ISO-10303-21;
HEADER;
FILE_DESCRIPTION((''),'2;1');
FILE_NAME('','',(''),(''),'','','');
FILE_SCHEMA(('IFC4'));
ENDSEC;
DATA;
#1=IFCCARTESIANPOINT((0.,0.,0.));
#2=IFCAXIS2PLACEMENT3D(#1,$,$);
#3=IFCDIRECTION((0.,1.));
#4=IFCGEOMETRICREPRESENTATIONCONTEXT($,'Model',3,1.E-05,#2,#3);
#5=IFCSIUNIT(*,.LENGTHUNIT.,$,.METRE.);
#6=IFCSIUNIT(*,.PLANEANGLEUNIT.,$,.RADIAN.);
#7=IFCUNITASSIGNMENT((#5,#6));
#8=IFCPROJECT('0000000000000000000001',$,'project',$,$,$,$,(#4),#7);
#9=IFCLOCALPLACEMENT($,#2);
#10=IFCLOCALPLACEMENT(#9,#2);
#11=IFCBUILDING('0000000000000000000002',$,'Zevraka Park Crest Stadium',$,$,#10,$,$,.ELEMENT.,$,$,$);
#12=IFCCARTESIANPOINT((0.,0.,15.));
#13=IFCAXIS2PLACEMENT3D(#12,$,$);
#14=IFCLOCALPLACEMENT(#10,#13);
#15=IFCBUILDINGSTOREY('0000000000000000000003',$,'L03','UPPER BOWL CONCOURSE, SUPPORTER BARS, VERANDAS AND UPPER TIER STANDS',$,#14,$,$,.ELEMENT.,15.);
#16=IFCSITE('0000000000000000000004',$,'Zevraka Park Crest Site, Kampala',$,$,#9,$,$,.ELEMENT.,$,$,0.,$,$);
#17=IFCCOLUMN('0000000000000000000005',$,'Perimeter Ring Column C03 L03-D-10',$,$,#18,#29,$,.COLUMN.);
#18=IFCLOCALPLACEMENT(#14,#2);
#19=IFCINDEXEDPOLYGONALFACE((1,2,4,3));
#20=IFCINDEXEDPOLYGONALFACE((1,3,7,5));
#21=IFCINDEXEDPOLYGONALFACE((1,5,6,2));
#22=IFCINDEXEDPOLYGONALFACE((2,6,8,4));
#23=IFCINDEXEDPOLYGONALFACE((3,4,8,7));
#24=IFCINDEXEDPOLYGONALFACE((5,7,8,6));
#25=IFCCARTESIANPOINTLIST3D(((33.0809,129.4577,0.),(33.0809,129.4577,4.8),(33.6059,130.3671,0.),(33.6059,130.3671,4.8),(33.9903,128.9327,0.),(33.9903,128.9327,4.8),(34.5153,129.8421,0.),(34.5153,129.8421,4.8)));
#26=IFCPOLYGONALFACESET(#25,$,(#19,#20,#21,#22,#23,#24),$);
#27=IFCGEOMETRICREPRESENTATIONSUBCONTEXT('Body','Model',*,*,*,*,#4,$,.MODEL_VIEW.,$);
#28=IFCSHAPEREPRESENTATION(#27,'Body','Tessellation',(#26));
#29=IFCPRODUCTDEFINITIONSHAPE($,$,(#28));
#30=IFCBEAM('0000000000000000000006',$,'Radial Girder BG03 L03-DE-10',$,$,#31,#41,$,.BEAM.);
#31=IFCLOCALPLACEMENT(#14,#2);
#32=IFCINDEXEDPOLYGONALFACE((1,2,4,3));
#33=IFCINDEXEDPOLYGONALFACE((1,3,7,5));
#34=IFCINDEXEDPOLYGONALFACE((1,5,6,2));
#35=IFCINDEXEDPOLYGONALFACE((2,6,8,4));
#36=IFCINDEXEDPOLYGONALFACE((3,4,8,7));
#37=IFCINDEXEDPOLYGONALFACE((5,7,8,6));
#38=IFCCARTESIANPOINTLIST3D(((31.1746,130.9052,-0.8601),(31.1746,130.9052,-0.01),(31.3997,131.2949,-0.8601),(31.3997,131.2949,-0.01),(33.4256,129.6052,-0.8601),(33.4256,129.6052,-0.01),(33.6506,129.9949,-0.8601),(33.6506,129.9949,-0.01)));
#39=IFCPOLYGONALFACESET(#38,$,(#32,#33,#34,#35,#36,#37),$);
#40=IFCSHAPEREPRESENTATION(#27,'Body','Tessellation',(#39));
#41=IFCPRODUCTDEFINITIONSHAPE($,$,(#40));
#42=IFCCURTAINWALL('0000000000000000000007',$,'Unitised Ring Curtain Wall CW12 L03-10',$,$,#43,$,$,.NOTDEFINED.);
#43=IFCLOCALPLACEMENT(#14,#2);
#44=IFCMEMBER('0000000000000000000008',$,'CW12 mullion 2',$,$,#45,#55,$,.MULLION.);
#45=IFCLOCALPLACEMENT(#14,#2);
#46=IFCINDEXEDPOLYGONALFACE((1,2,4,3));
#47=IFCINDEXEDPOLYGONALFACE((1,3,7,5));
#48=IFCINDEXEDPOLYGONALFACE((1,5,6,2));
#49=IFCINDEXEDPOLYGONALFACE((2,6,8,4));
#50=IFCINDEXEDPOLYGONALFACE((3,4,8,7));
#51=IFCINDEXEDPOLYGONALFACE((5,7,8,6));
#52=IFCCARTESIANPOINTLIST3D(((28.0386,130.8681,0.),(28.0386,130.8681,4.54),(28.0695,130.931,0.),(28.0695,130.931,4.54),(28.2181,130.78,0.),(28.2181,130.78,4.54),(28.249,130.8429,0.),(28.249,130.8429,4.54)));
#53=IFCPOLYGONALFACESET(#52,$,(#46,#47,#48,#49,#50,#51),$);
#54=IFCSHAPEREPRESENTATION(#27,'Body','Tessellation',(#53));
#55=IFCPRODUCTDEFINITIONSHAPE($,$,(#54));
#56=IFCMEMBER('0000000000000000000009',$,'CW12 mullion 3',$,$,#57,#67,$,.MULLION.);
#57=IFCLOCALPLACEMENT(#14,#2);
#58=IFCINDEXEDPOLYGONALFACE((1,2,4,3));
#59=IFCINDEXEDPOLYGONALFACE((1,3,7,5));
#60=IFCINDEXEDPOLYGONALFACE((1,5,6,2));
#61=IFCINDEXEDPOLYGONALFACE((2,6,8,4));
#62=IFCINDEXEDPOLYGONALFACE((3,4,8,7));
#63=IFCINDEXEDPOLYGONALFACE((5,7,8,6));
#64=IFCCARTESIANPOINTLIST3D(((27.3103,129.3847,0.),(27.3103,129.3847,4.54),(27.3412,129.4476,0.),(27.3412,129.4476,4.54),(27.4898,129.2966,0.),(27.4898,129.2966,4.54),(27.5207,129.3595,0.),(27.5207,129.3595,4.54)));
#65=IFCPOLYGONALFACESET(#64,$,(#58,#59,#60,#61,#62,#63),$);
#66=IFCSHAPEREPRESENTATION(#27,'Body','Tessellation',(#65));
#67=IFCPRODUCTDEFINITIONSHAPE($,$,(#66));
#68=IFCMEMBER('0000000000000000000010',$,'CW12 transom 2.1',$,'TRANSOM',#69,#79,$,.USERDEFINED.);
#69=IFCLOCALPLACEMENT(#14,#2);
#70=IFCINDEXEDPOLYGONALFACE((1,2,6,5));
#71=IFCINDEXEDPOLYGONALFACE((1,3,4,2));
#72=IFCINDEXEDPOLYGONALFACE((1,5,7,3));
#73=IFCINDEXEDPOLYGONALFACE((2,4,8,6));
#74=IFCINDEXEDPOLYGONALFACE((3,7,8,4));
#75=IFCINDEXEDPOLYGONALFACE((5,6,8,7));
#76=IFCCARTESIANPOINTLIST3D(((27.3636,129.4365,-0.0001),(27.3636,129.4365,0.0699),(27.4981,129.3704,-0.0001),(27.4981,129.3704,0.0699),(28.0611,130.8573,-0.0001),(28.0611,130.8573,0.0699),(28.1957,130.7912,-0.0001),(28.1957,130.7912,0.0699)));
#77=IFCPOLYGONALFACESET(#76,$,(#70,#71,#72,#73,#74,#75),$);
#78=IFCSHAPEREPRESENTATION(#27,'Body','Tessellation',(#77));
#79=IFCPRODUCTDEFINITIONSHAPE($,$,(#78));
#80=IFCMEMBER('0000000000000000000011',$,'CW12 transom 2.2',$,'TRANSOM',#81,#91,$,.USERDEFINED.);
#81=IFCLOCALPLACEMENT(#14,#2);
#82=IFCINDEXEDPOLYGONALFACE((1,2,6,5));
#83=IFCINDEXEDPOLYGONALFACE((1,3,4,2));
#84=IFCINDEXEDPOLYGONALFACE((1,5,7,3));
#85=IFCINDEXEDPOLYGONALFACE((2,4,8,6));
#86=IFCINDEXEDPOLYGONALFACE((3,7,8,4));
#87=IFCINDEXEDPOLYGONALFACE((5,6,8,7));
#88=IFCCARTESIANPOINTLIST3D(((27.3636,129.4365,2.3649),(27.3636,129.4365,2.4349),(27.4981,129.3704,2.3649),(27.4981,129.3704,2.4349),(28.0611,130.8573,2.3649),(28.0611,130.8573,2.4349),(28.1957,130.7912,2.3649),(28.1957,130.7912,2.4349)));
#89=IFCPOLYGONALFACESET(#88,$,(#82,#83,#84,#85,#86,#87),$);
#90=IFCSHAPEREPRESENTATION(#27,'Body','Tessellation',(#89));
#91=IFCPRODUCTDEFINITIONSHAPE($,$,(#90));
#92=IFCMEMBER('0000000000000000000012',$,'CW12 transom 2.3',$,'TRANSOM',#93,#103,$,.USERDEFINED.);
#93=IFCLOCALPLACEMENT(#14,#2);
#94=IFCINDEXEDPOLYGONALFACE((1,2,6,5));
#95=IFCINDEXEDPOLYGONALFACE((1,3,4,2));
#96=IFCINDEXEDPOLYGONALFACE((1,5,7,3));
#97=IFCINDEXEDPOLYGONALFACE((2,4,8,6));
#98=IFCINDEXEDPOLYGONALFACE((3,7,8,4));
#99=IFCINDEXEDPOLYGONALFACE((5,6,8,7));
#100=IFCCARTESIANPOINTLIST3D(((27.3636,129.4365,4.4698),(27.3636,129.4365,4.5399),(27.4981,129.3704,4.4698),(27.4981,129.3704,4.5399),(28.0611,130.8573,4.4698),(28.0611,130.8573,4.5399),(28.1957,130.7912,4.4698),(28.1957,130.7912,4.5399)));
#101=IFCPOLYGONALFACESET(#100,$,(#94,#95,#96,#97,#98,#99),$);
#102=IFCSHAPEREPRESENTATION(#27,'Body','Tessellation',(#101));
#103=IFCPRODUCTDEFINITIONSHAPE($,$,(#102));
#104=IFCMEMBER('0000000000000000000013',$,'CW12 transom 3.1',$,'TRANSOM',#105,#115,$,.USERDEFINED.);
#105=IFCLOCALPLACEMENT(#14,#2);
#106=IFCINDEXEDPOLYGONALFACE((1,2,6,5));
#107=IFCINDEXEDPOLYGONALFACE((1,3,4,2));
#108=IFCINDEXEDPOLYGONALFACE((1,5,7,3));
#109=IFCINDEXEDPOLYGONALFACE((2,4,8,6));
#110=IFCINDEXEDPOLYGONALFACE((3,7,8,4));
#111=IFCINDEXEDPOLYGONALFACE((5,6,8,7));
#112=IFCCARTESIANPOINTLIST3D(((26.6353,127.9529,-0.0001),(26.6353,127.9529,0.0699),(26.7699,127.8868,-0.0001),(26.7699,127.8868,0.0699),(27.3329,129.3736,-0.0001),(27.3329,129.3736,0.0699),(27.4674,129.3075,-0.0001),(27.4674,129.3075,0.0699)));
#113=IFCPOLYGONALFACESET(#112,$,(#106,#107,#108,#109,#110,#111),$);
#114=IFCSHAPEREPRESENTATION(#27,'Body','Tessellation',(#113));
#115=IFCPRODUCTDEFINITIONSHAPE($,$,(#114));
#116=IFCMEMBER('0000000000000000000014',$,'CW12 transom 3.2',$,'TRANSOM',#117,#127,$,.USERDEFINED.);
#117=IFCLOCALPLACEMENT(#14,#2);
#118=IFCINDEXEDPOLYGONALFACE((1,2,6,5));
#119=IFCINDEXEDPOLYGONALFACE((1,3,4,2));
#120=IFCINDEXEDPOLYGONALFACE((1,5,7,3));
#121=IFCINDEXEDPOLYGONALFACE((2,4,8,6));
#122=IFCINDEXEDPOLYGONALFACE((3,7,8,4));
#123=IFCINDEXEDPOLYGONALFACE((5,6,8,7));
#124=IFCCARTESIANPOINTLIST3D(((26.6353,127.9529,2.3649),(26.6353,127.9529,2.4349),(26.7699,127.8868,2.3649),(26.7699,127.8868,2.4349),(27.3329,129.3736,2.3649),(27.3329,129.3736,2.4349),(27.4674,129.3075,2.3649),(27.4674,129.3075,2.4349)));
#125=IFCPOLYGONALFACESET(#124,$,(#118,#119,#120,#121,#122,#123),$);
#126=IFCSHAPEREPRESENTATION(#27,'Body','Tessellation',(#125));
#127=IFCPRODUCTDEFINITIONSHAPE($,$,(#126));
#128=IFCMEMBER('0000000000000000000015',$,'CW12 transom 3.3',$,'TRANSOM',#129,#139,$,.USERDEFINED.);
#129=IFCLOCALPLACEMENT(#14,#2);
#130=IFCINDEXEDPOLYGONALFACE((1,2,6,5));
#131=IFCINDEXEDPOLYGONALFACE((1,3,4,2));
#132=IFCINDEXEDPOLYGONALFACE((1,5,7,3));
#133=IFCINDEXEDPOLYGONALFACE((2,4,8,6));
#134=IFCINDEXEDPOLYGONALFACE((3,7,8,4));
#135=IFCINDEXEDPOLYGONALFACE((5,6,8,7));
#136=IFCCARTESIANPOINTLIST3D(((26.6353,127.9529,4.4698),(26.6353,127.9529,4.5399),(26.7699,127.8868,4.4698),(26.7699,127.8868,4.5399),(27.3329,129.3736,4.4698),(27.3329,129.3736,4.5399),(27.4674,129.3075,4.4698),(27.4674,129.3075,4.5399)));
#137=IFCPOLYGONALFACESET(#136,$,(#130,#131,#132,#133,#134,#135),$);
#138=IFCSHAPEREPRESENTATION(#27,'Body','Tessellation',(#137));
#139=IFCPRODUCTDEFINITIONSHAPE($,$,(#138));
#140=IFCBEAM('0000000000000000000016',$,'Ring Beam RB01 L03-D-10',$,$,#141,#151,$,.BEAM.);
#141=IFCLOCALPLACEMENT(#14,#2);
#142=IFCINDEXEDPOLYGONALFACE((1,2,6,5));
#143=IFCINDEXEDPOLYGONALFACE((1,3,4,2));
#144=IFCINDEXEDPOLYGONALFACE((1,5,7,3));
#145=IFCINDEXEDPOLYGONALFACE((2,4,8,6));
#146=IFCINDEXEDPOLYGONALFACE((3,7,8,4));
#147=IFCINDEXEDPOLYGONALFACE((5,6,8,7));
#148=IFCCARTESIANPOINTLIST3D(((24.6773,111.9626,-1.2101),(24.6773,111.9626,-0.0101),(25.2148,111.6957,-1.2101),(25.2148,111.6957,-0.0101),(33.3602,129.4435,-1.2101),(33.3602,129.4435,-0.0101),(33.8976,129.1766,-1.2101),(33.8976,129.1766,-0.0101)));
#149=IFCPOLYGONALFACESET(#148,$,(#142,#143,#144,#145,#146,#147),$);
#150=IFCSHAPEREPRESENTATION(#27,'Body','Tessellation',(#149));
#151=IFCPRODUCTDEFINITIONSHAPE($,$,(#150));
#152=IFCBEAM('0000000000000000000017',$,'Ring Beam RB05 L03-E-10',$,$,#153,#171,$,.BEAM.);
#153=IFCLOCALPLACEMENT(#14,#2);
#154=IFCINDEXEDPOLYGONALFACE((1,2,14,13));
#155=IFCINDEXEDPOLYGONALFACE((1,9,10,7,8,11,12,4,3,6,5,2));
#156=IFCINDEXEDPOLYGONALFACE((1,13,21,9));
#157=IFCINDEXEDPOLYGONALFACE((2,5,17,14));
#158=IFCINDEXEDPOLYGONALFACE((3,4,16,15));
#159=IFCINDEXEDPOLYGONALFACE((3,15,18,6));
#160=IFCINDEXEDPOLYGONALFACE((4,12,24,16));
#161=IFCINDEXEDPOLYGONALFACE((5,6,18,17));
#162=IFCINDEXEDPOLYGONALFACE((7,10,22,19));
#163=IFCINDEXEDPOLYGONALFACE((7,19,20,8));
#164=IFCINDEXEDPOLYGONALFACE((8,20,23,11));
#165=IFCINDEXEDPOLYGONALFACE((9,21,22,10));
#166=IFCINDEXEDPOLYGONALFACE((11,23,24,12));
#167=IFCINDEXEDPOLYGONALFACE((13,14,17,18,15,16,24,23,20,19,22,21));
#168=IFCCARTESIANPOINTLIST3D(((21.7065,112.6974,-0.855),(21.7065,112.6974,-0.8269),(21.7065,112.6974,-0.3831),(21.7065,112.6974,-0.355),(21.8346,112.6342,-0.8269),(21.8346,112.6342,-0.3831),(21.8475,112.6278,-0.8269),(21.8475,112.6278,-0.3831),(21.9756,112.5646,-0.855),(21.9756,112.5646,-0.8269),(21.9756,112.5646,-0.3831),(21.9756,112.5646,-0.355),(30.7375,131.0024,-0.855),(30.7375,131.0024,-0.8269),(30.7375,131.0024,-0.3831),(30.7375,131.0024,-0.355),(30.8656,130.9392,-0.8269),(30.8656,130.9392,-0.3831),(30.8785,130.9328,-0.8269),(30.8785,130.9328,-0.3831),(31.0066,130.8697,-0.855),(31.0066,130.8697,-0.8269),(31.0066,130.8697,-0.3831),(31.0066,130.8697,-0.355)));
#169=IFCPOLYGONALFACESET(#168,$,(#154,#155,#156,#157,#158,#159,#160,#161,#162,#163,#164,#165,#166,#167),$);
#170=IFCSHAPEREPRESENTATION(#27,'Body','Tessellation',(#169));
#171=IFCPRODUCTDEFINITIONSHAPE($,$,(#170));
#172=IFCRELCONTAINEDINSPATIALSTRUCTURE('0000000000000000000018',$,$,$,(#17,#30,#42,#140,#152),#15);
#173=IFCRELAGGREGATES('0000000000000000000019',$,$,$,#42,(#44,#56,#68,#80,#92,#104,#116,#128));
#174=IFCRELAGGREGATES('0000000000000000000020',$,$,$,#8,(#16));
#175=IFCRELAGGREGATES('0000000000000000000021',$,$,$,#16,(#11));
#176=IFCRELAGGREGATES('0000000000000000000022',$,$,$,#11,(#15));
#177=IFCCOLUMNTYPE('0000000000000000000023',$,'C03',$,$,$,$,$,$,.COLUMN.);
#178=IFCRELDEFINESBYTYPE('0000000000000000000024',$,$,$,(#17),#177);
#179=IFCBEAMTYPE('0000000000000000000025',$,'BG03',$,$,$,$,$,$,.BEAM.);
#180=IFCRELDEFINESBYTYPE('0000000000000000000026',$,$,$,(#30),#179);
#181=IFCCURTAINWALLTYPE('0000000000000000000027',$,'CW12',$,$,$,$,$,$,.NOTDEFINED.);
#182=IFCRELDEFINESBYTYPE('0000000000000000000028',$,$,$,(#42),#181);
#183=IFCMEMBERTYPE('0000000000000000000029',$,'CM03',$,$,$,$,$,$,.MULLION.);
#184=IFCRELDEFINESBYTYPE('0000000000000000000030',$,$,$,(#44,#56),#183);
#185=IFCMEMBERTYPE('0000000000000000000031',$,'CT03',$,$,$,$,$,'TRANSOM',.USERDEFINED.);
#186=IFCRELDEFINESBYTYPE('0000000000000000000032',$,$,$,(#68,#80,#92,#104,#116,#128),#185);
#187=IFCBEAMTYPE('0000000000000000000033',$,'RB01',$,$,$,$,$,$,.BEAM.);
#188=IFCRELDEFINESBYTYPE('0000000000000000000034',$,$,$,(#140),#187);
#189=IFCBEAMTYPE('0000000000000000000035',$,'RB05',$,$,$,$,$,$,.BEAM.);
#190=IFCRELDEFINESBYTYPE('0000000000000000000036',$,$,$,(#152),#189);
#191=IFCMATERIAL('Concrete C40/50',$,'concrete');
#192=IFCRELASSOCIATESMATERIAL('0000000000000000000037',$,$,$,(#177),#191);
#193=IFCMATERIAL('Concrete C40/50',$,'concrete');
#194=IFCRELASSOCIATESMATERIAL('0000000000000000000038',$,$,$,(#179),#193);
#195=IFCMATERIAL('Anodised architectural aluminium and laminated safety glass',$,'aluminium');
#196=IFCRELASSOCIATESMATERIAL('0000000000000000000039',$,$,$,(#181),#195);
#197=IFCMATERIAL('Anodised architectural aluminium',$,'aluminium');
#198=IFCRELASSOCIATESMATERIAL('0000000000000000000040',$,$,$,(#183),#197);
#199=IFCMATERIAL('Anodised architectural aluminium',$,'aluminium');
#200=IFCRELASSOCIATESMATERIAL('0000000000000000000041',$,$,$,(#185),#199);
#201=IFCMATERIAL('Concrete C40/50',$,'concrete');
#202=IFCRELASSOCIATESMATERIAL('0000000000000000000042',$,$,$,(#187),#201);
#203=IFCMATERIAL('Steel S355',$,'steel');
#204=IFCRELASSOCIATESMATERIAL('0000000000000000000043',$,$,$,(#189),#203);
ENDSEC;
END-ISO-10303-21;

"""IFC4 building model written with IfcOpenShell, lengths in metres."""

from ifc_helpers import new_model, si_unit, direction, frame, origin, origin_2d, place, context, subcontext, project, spatial, rectangle, i_section, extrude, material, material_profile, profile_set, type_object, element, aggregate, save


model = new_model("IFC4")

# Units and contexts
model_context = context("Model", 3, precision=1e-05, world=origin(), true_north=direction((0.0, 1.0)))
body_context = subcontext(model_context, "Body", "Model", "MODEL_VIEW")
ifc_project = project(units=[si_unit("LENGTHUNIT", "METRE"), si_unit("PLANEANGLEUNIT", "RADIAN")], contexts=[model_context])

# Site, building, storey
site_placement = place(None, origin())
site = spatial("IfcSite", under=ifc_project, at=site_placement, Name="Zevraka Park Crest Site, Kampala", CompositionType="ELEMENT", RefElevation=0.0)
building_placement = place(site_placement, origin())
building = spatial("IfcBuilding", under=site, at=building_placement, Name="Zevraka Park Crest Stadium", CompositionType="ELEMENT")
storey_placement = place(building_placement, frame((0.0, 0.0, 15.0)))
storey = spatial("IfcBuildingStorey", under=building, at=storey_placement, Name="L03", Description="UPPER BOWL CONCOURSE, SUPPORTER BARS, VERANDAS AND UPPER TIER STANDS", CompositionType="ELEMENT", Elevation=15.0)

# Column
ifc_material_1 = material(Name="Concrete C40/50", Category="concrete")
ifc_material_profile_1 = material_profile(ifc_material_1, rectangle(XDim=1.05, YDim=1.05, at=origin_2d()), Name="RC 1050x1050")
ifc_profile_set_1 = profile_set([ifc_material_profile_1], Name="Concrete C40/50")
column_type = type_object("IfcColumnType", Name="C03", PredefinedType="COLUMN", material=ifc_profile_set_1)
column_placement = place(storey_placement, frame((33.7981, 129.6499, 0.0), z_axis=(0.0, 0.0, 1.0), x_axis=(-0.866025, 0.5, 0.0)))
element("IfcColumn", 1, at=column_placement, inside=storey, type_object=column_type, Name="Perimeter Ring Column C03 L03-D-10", PredefinedType="COLUMN", context=body_context, shape_type="SweptSolid", body=[
    extrude(rectangle(XDim=1.05, YDim=1.05, at=origin_2d()), origin(), (0.0, 0.0, 1.0), 4.8),
])

# Beam
ifc_material_2 = material(Name="Concrete C40/50", Category="concrete")
ifc_material_profile_2 = material_profile(ifc_material_2, rectangle(XDim=0.45, YDim=0.8501, at=origin_2d()), Name="RC 850x450")
ifc_profile_set_2 = profile_set([ifc_material_profile_2], Name="Concrete C40/50")
beam_type_1 = type_object("IfcBeamType", Name="BG03", PredefinedType="BEAM", material=ifc_profile_set_2)
beam_1_placement = place(storey_placement, frame((33.5381, 129.8, -0.4351), z_axis=(-0.865951, 0.500129, 0.0), x_axis=(-0.500129, -0.865951, 0.0)))
element("IfcBeam", 2, at=beam_1_placement, inside=storey, type_object=beam_type_1, Name="Radial Girder BG03 L03-DE-10", PredefinedType="BEAM", context=body_context, shape_type="SweptSolid", body=[
    extrude(rectangle(XDim=0.45, YDim=0.8501, at=origin_2d()), origin(), (0.0, 0.0, 1.0), 2.5994),
])

# Curtain wall, members
ifc_material_3 = material(Name="Anodised architectural aluminium and laminated safety glass", Category="aluminium")
curtain_wall_type = type_object("IfcCurtainWallType", Name="CW12", PredefinedType="NOTDEFINED", material=ifc_material_3)
curtain_wall_placement = place(storey_placement, origin())
curtain_wall = element("IfcCurtainWall", 3, at=curtain_wall_placement, inside=storey, type_object=curtain_wall_type, Name="Unitised Ring Curtain Wall CW12 L03-10", PredefinedType="NOTDEFINED")
ifc_material_4 = material(Name="Anodised architectural aluminium", Category="aluminium")
ifc_material_profile_3 = material_profile(ifc_material_4, rectangle(XDim=0.2, YDim=0.0701, at=origin_2d()), Name="ALU MULLION 200x70")
ifc_profile_set_3 = profile_set([ifc_material_profile_3], Name="Anodised architectural aluminium")
member_type_1 = type_object("IfcMemberType", Name="CM03", PredefinedType="MULLION", material=ifc_profile_set_3)
member_1_placement = place(storey_placement, frame((28.1438, 130.8555, 0.0), z_axis=(0.0, 0.0, 1.0), x_axis=(0.897671, -0.440666, 0.0)))
member_1 = element("IfcMember", 4, at=member_1_placement, type_object=member_type_1, Name="CW12 mullion 2", PredefinedType="MULLION", context=body_context, shape_type="SweptSolid", body=[
    extrude(rectangle(XDim=0.2, YDim=0.0701, at=origin_2d()), origin(), (0.0, 0.0, 1.0), 4.54),
])
member_2_placement = place(storey_placement, frame((27.4155, 129.3721, 0.0), z_axis=(0.0, 0.0, 1.0), x_axis=(0.897671, -0.440666, 0.0)))
member_2 = element("IfcMember", 5, at=member_2_placement, type_object=member_type_1, Name="CW12 mullion 3", PredefinedType="MULLION", context=body_context, shape_type="SweptSolid", body=[
    extrude(rectangle(XDim=0.2, YDim=0.0701, at=origin_2d()), origin(), (0.0, 0.0, 1.0), 4.54),
])
ifc_material_5 = material(Name="Anodised architectural aluminium", Category="aluminium")
ifc_material_profile_4 = material_profile(ifc_material_5, rectangle(XDim=0.1499, YDim=0.0701, at=origin_2d()), Name="ALU TRANSOM 150x70")
ifc_profile_set_4 = profile_set([ifc_material_profile_4], Name="Anodised architectural aluminium")
member_type_2 = type_object("IfcMemberType", Name="CT03", ElementType="TRANSOM", PredefinedType="USERDEFINED", material=ifc_profile_set_4)
member_3_placement = place(storey_placement, frame((28.1284, 130.8242, 0.0349), z_axis=(-0.440723, -0.897643, 0.0), x_axis=(0.897643, -0.440723, 0.0)))
member_3 = element("IfcMember", 6, at=member_3_placement, type_object=member_type_2, Name="CW12 transom 2.1", ObjectType="TRANSOM", PredefinedType="USERDEFINED", context=body_context, shape_type="SweptSolid", body=[
    extrude(rectangle(XDim=0.1499, YDim=0.0701, at=origin_2d()), origin(), (0.0, 0.0, 1.0), 1.5828),
])
member_4_placement = place(storey_placement, frame((28.1284, 130.8242, 2.3999), z_axis=(-0.440723, -0.897643, 0.0), x_axis=(0.897643, -0.440723, 0.0)))
member_4 = element("IfcMember", 7, at=member_4_placement, type_object=member_type_2, Name="CW12 transom 2.2", ObjectType="TRANSOM", PredefinedType="USERDEFINED", context=body_context, shape_type="SweptSolid", body=[
    extrude(rectangle(XDim=0.1499, YDim=0.0701, at=origin_2d()), origin(), (0.0, 0.0, 1.0), 1.5828),
])
member_5_placement = place(storey_placement, frame((28.1284, 130.8242, 4.5049), z_axis=(-0.440723, -0.897643, 0.0), x_axis=(0.897643, -0.440723, 0.0)))
member_5 = element("IfcMember", 8, at=member_5_placement, type_object=member_type_2, Name="CW12 transom 2.3", ObjectType="TRANSOM", PredefinedType="USERDEFINED", context=body_context, shape_type="SweptSolid", body=[
    extrude(rectangle(XDim=0.1499, YDim=0.0701, at=origin_2d()), origin(), (0.0, 0.0, 1.0), 1.5828),
])
member_6_placement = place(storey_placement, frame((27.4001, 129.3406, 0.0349), z_axis=(-0.440723, -0.897643, 0.0), x_axis=(0.897643, -0.440723, 0.0)))
member_6 = element("IfcMember", 9, at=member_6_placement, type_object=member_type_2, Name="CW12 transom 3.1", ObjectType="TRANSOM", PredefinedType="USERDEFINED", context=body_context, shape_type="SweptSolid", body=[
    extrude(rectangle(XDim=0.1499, YDim=0.0701, at=origin_2d()), origin(), (0.0, 0.0, 1.0), 1.5828),
])
member_7_placement = place(storey_placement, frame((27.4001, 129.3406, 2.3999), z_axis=(-0.440723, -0.897643, 0.0), x_axis=(0.897643, -0.440723, 0.0)))
member_7 = element("IfcMember", 10, at=member_7_placement, type_object=member_type_2, Name="CW12 transom 3.2", ObjectType="TRANSOM", PredefinedType="USERDEFINED", context=body_context, shape_type="SweptSolid", body=[
    extrude(rectangle(XDim=0.1499, YDim=0.0701, at=origin_2d()), origin(), (0.0, 0.0, 1.0), 1.5828),
])
member_8_placement = place(storey_placement, frame((27.4001, 129.3406, 4.5049), z_axis=(-0.440723, -0.897643, 0.0), x_axis=(0.897643, -0.440723, 0.0)))
member_8 = element("IfcMember", 11, at=member_8_placement, type_object=member_type_2, Name="CW12 transom 3.3", ObjectType="TRANSOM", PredefinedType="USERDEFINED", context=body_context, shape_type="SweptSolid", body=[
    extrude(rectangle(XDim=0.1499, YDim=0.0701, at=origin_2d()), origin(), (0.0, 0.0, 1.0), 1.5828),
])

# Beams
ifc_material_6 = material(Name="Concrete C40/50", Category="concrete")
ifc_material_profile_5 = material_profile(ifc_material_6, rectangle(XDim=0.6001, YDim=1.2, at=origin_2d()), Name="RC 1200x600")
ifc_profile_set_5 = profile_set([ifc_material_profile_5], Name="Concrete C40/50")
beam_type_2 = type_object("IfcBeamType", Name="RB01", PredefinedType="BEAM", material=ifc_profile_set_5)
beam_2_placement = place(storey_placement, frame((33.6289, 129.3101, -0.6101), z_axis=(-0.444851, -0.895605, 0.0), x_axis=(0.895605, -0.444851, 0.0)))
element("IfcBeam", 12, at=beam_2_placement, inside=storey, type_object=beam_type_2, Name="Ring Beam RB01 L03-D-10", PredefinedType="BEAM", context=body_context, shape_type="SweptSolid", body=[
    extrude(rectangle(XDim=0.6001, YDim=1.2, at=origin_2d()), origin(), (0.0, 0.0, 1.0), 19.5186),
])
ifc_material_7 = material(Name="Steel S355", Category="steel")
ifc_material_profile_6 = material_profile(ifc_material_7, i_section(OverallWidth=0.3, OverallDepth=0.5, WebThickness=0.0144, FlangeThickness=0.0281, at=origin_2d()), Name="HEB 500")
ifc_profile_set_6 = profile_set([ifc_material_profile_6], Name="Steel S355")
beam_type_3 = type_object("IfcBeamType", Name="RB05", PredefinedType="BEAM", material=ifc_profile_set_6)
beam_3_placement = place(storey_placement, frame((30.8721, 130.936, -0.605), z_axis=(-0.442447, -0.896795, 0.0), x_axis=(0.896795, -0.442447, 0.0)))
element("IfcBeam", 13, at=beam_3_placement, inside=storey, type_object=beam_type_3, Name="Ring Beam RB05 L03-E-10", PredefinedType="BEAM", context=body_context, shape_type="SweptSolid", body=[
    extrude(i_section(OverallWidth=0.3, OverallDepth=0.5, WebThickness=0.0144, FlangeThickness=0.0281, at=origin_2d()), origin(), (0.0, 0.0, 1.0), 20.4116),
])

aggregate(curtain_wall, [member_1, member_2, member_3, member_4, member_5, member_6, member_7, member_8])

save(model, "model.ifc")
